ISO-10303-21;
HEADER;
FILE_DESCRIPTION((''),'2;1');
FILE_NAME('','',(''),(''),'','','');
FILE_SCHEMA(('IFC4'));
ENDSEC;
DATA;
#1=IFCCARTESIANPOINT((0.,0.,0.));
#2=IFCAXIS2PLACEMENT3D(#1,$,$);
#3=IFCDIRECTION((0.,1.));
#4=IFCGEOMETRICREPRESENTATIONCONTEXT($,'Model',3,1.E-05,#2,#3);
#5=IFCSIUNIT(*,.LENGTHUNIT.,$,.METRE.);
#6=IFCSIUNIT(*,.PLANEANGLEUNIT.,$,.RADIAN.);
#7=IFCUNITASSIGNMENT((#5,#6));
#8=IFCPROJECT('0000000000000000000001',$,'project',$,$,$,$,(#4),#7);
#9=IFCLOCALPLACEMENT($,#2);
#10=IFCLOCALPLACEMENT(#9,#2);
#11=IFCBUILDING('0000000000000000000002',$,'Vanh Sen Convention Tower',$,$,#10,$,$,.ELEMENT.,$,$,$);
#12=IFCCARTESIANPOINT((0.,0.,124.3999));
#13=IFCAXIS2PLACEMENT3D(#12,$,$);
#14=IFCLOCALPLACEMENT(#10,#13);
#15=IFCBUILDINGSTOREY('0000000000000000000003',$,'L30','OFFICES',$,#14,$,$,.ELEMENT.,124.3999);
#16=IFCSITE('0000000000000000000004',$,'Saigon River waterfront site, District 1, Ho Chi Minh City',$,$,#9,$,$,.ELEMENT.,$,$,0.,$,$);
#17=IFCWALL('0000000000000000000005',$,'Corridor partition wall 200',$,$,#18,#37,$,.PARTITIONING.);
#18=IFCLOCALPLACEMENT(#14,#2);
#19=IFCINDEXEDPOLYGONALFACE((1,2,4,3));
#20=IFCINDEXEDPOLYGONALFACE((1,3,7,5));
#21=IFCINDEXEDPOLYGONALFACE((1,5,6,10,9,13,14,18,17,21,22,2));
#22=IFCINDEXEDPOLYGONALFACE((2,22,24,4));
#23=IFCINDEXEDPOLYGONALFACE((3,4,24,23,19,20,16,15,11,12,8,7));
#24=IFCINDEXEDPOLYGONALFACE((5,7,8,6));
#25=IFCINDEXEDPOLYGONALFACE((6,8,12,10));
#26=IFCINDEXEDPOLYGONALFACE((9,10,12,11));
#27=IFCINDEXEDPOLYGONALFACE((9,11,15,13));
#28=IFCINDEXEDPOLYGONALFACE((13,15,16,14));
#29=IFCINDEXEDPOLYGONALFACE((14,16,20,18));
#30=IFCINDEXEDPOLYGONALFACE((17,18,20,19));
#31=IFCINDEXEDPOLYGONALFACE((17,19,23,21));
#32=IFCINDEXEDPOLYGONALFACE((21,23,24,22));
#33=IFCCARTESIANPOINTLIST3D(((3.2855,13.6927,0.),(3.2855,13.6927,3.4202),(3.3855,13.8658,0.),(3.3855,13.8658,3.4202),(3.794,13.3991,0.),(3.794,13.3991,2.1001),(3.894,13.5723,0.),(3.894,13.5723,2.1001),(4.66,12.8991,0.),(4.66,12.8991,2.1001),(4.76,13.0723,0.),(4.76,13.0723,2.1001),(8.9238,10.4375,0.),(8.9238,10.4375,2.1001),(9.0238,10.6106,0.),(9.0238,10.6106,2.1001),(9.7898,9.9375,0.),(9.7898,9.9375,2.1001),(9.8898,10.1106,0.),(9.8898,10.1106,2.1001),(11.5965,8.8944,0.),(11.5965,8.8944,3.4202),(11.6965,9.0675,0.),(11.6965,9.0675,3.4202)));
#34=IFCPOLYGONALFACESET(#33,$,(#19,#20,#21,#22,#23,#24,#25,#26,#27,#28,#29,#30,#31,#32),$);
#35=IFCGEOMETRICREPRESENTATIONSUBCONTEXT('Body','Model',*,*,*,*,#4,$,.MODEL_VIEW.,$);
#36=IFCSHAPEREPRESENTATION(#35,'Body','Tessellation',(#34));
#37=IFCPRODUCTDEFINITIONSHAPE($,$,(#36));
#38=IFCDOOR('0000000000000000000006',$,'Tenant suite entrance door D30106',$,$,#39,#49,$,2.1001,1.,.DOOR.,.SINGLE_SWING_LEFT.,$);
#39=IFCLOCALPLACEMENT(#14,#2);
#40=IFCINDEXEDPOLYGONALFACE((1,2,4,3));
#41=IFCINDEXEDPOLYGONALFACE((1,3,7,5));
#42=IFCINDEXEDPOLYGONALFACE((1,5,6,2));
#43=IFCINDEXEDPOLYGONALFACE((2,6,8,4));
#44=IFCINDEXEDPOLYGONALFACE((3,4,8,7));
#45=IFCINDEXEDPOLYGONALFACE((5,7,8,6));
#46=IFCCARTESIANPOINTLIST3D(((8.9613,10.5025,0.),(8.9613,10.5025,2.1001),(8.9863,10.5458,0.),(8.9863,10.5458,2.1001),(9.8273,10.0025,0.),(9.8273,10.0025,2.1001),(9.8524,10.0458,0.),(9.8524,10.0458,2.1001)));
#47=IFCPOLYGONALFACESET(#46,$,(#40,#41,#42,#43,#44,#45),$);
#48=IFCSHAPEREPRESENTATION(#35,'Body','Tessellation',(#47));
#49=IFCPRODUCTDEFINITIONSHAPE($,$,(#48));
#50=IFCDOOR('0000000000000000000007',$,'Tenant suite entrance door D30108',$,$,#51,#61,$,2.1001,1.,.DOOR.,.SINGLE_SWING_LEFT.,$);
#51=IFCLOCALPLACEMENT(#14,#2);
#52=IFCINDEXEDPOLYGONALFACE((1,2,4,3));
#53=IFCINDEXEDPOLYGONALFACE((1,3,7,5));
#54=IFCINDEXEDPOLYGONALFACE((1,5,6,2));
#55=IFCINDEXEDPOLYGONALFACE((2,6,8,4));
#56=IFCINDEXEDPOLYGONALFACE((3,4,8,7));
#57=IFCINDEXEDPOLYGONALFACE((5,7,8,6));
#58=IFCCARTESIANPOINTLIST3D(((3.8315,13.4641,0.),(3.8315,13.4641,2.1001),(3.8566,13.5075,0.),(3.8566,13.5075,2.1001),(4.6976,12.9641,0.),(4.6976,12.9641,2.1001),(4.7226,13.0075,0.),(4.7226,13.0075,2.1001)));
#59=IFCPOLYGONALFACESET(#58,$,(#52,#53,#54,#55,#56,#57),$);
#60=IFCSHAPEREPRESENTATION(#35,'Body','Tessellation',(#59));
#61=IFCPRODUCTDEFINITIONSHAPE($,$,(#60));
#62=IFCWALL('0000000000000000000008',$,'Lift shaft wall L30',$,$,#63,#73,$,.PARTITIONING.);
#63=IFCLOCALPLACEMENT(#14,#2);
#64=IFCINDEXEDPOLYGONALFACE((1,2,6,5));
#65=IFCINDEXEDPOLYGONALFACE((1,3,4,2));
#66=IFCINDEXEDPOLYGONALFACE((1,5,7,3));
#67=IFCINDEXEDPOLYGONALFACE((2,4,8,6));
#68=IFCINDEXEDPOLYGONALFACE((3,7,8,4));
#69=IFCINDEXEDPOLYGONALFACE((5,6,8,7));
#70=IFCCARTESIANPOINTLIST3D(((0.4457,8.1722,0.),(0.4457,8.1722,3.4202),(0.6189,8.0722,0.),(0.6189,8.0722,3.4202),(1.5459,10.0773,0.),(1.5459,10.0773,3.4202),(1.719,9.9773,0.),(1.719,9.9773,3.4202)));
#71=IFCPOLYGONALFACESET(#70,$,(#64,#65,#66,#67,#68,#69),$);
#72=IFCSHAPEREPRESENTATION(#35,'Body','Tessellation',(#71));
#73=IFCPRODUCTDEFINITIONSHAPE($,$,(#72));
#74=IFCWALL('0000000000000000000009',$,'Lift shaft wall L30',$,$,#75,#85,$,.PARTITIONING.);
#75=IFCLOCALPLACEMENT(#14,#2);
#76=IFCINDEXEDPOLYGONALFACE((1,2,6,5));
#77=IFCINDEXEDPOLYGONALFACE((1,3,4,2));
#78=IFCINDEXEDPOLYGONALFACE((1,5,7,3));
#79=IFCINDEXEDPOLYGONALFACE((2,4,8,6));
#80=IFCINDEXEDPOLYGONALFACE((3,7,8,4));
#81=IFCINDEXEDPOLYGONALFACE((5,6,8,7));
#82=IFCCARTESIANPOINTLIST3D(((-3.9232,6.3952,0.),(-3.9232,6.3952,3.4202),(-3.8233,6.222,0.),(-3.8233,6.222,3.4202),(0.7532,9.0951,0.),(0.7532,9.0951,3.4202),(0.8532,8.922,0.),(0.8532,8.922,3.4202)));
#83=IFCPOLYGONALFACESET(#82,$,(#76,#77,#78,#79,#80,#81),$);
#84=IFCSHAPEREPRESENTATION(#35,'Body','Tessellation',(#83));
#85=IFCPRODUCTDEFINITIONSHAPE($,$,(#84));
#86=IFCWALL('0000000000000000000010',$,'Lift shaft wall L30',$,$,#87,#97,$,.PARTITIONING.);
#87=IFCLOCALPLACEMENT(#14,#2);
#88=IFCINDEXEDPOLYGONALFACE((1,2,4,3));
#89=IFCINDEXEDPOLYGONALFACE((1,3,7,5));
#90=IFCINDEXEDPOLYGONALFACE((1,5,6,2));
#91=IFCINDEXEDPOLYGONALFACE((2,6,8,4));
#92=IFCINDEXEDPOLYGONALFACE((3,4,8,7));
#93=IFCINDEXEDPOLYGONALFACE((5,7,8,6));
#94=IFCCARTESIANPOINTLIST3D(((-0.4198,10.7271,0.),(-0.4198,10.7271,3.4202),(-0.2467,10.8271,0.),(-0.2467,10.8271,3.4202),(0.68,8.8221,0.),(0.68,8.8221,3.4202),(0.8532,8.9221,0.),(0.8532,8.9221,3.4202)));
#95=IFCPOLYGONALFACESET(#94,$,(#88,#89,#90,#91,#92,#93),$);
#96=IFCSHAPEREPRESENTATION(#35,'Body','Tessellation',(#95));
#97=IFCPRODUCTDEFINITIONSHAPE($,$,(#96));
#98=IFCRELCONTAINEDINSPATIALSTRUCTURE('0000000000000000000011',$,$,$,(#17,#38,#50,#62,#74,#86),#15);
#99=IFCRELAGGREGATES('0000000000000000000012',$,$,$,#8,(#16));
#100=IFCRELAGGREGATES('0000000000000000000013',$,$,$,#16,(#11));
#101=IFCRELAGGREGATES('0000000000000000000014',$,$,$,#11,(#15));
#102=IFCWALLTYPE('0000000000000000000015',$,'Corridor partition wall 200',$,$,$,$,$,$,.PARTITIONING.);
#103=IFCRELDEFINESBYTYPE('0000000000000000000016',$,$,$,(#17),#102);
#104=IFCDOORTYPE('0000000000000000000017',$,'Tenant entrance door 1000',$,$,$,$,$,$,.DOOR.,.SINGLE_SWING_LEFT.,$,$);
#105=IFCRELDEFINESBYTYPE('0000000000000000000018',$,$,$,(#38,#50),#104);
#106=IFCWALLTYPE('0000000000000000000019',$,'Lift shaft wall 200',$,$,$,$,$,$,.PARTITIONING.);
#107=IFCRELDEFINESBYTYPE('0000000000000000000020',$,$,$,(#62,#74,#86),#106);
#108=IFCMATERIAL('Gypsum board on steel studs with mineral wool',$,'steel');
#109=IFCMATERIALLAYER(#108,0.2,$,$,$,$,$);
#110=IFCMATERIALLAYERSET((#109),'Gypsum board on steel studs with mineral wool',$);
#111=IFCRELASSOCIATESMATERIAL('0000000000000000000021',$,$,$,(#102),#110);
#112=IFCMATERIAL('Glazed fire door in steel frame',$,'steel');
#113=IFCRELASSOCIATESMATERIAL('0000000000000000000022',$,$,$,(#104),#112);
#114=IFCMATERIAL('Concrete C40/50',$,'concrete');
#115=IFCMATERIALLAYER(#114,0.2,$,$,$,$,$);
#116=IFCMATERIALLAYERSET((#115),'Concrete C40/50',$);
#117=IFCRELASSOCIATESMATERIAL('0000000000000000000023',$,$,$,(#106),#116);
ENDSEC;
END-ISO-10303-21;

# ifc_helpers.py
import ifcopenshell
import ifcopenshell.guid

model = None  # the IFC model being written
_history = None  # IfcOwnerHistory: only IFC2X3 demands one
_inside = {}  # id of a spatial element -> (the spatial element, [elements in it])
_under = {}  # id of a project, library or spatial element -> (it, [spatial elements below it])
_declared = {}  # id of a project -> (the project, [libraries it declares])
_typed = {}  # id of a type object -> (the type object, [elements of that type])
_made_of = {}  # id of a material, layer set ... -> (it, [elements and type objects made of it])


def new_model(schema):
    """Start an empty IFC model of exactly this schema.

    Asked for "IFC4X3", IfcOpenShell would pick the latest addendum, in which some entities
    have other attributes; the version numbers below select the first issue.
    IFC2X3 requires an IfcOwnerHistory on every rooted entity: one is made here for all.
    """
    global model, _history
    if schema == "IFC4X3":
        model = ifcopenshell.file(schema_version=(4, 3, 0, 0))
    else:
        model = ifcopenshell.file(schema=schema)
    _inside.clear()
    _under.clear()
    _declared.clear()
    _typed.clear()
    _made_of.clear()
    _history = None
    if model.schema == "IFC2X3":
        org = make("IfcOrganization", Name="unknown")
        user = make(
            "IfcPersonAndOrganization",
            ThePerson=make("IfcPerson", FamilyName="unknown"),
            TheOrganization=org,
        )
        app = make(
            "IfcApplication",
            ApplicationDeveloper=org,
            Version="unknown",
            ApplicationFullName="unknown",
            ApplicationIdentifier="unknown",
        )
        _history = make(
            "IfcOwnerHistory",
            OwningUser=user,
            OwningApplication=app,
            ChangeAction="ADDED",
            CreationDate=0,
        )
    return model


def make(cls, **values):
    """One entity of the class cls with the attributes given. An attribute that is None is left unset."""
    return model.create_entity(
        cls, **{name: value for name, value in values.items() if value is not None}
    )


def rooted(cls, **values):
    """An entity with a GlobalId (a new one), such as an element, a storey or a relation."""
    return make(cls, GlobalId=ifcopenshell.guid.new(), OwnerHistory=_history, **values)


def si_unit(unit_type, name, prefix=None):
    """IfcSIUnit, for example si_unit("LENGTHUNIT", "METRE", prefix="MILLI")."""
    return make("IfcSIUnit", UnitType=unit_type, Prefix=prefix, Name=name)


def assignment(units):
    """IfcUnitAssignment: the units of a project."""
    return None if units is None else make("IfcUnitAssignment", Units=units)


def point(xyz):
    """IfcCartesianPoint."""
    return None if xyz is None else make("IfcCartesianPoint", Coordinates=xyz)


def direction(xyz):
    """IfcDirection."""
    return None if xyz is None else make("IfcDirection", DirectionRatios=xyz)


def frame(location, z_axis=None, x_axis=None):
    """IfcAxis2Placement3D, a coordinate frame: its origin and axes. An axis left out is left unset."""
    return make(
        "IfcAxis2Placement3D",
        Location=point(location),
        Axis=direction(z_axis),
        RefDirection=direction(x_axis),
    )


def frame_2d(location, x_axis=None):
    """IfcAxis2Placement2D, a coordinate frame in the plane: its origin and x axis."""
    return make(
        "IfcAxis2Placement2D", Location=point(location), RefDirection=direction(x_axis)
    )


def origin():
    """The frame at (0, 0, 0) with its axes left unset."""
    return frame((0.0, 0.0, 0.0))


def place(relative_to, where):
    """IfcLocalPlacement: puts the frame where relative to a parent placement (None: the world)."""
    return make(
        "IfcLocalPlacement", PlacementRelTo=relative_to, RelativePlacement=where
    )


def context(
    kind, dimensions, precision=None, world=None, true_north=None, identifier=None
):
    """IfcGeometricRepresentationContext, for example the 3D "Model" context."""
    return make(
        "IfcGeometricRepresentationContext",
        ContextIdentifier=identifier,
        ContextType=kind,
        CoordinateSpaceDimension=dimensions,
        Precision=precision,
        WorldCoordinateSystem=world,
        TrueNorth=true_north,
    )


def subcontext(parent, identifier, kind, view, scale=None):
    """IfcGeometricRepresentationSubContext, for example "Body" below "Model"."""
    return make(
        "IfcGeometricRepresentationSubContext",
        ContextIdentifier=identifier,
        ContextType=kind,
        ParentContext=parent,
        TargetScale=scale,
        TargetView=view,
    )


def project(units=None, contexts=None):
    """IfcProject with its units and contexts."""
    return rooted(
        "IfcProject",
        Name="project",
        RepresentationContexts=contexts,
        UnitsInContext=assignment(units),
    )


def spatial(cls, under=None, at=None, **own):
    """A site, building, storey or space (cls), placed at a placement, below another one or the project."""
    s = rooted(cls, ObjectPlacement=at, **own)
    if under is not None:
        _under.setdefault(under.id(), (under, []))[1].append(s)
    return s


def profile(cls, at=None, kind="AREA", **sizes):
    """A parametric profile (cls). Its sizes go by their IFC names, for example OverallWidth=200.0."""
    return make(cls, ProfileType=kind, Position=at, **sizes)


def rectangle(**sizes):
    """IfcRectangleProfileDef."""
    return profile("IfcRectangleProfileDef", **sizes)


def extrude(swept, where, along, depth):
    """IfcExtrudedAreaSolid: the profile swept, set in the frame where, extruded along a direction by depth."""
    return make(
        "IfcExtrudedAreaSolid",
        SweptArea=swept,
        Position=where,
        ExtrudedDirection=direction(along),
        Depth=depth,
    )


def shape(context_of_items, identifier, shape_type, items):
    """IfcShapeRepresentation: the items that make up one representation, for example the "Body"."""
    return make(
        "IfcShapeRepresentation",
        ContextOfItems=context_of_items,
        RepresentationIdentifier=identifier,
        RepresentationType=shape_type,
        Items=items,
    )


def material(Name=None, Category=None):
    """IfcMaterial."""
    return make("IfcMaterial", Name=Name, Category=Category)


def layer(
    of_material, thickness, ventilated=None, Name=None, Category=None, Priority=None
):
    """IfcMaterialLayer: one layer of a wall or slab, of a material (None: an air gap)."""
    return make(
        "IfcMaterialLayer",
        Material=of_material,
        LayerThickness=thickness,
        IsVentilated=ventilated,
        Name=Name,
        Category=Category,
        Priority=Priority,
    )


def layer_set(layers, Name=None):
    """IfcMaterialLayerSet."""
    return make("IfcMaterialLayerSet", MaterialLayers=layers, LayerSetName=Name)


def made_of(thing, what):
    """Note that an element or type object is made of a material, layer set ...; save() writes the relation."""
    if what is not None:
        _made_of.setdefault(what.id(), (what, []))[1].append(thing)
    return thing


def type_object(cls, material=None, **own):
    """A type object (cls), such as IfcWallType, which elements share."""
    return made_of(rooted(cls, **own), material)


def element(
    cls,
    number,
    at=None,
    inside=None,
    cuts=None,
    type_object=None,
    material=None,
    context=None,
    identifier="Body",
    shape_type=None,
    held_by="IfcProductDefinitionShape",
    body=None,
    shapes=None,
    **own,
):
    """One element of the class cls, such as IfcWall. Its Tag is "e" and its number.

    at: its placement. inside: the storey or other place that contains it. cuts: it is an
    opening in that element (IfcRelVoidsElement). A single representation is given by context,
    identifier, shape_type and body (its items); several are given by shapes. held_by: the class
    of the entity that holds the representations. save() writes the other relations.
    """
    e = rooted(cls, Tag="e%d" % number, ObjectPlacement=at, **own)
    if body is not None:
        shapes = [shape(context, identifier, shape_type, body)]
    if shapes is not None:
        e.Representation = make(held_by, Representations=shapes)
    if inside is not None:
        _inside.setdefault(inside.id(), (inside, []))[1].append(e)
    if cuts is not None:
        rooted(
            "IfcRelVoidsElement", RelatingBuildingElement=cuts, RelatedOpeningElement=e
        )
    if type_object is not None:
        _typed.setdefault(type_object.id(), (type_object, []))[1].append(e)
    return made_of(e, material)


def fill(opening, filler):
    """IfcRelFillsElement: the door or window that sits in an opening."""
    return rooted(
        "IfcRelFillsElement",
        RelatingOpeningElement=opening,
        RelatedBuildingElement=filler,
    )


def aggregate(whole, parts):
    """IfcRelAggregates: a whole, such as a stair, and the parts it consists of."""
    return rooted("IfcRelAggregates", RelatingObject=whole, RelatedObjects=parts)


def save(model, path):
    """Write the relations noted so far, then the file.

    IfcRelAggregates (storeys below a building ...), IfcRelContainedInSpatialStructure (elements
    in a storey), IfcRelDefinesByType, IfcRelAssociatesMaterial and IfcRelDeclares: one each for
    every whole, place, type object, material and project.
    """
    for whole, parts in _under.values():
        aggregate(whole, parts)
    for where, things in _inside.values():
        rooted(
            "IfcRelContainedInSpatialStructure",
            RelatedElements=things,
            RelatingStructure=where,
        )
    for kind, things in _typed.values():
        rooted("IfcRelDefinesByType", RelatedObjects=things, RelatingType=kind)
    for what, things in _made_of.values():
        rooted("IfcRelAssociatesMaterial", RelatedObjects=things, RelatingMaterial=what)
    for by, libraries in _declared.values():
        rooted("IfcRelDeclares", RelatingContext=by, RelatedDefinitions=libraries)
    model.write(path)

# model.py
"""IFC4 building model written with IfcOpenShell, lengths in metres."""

from ifc_helpers import new_model, si_unit, direction, frame, frame_2d, origin, place, context, subcontext, project, spatial, rectangle, extrude, material, layer, layer_set, type_object, element, fill, save


model = new_model("IFC4")

# Units and contexts
model_context = context("Model", 3, precision=1e-05, world=origin(), true_north=direction((0.0, 1.0)))
body_context = subcontext(model_context, "Body", "Model", "MODEL_VIEW")
ifc_project = project(units=[si_unit("LENGTHUNIT", "METRE"), si_unit("PLANEANGLEUNIT", "RADIAN")], contexts=[model_context])

# Site, building, storey
site_placement = place(None, origin())
site = spatial("IfcSite", under=ifc_project, at=site_placement, Name="Saigon River waterfront site, District 1, Ho Chi Minh City", CompositionType="ELEMENT", RefElevation=0.0)
building_placement = place(site_placement, origin())
building = spatial("IfcBuilding", under=site, at=building_placement, Name="Vanh Sen Convention Tower", CompositionType="ELEMENT")
storey_placement = place(building_placement, frame((0.0, 0.0, 124.3999)))
storey = spatial("IfcBuildingStorey", under=building, at=storey_placement, Name="L30", Description="OFFICES", CompositionType="ELEMENT", Elevation=124.3999)

# Shared definitions
ifc_material_1 = material(Name="Gypsum board on steel studs with mineral wool", Category="steel")
ifc_layer_1 = layer(ifc_material_1, 0.2)
ifc_layer_set_1 = layer_set([ifc_layer_1], Name="Gypsum board on steel studs with mineral wool")
wall_type_1 = type_object("IfcWallType", Name="Corridor partition wall 200", PredefinedType="PARTITIONING", material=ifc_layer_set_1)

# Shared definitions
ifc_material_2 = material(Name="Glazed fire door in steel frame", Category="steel")
door_type_1 = type_object("IfcDoorType", Name="Tenant entrance door 1000", OperationType="SINGLE_SWING_LEFT", PredefinedType="DOOR", material=ifc_material_2)

# Wall, openings, doors
wall_1_placement = place(storey_placement, frame((11.6465, 8.981, 0.0), z_axis=(0.0, 0.0, 1.0), x_axis=(-0.866027, 0.499997, 0.0)))
wall_1 = element("IfcWall", 1, at=wall_1_placement, inside=storey, type_object=wall_type_1, Name="Corridor partition wall 200", PredefinedType="PARTITIONING", context=body_context, shape_type="SweptSolid", body=[
    extrude(rectangle(XDim=9.5967, YDim=0.2, at=frame_2d((4.7983, 0.0))), origin(), (0.0, 0.0, 1.0), 3.4202),
])
opening_1_placement = place(wall_1_placement, frame((2.0862, 0.0, 0.0)))
opening_1 = element("IfcOpeningElement", 2, at=opening_1_placement, cuts=wall_1, PredefinedType="OPENING", context=body_context, shape_type="SweptSolid", body=[
    extrude(rectangle(XDim=1.0, YDim=2.1001, at=frame_2d((0.5, 1.05))), frame((0.0, 0.1099, 0.0), z_axis=(0.0, -1.0, 0.0), x_axis=(1.0, 0.0, 0.0)), (0.0, 0.0, 1.0), 0.22),
])
opening_2_placement = place(wall_1_placement, frame((8.0095, 0.0, 0.0)))
opening_2 = element("IfcOpeningElement", 3, at=opening_2_placement, cuts=wall_1, PredefinedType="OPENING", context=body_context, shape_type="SweptSolid", body=[
    extrude(rectangle(XDim=1.0, YDim=2.1001, at=frame_2d((0.5, 1.05))), frame((0.0, 0.1099, 0.0), z_axis=(0.0, -1.0, 0.0), x_axis=(1.0, 0.0, 0.0)), (0.0, 0.0, 1.0), 0.22),
])
door_1_placement = place(opening_1_placement, origin())
door_1 = element("IfcDoor", 4, at=door_1_placement, inside=storey, type_object=door_type_1, Name="Tenant suite entrance door D30106", OperationType="SINGLE_SWING_LEFT", OverallHeight=2.1001, OverallWidth=1.0, PredefinedType="DOOR", context=body_context, shape_type="SweptSolid", body=[
    extrude(rectangle(XDim=1.0, YDim=2.1001, at=frame_2d((0.5, 1.05))), frame((0.0, 0.0249, 0.0), z_axis=(0.0, -1.0, 0.0), x_axis=(1.0, 0.0, 0.0)), (0.0, 0.0, 1.0), 0.05),
])
fill(opening_1, door_1)
door_2_placement = place(opening_2_placement, origin())
door_2 = element("IfcDoor", 5, at=door_2_placement, inside=storey, type_object=door_type_1, Name="Tenant suite entrance door D30108", OperationType="SINGLE_SWING_LEFT", OverallHeight=2.1001, OverallWidth=1.0, PredefinedType="DOOR", context=body_context, shape_type="SweptSolid", body=[
    extrude(rectangle(XDim=1.0, YDim=2.1001, at=frame_2d((0.5, 1.05))), frame((0.0, 0.0249, 0.0), z_axis=(0.0, -1.0, 0.0), x_axis=(1.0, 0.0, 0.0)), (0.0, 0.0, 1.0), 0.05),
])
fill(opening_2, door_2)

# Walls
ifc_material_3 = material(Name="Concrete C40/50", Category="concrete")
ifc_layer_2 = layer(ifc_material_3, 0.2)
ifc_layer_set_2 = layer_set([ifc_layer_2], Name="Concrete C40/50")
wall_type_2 = type_object("IfcWallType", Name="Lift shaft wall 200", PredefinedType="PARTITIONING", material=ifc_layer_set_2)
wall_2_placement = place(storey_placement, frame((0.5322, 8.1221, 0.0), z_axis=(0.0, 0.0, 1.0), x_axis=(0.500078, 0.86598, 0.0)))
element("IfcWall", 6, at=wall_2_placement, inside=storey, type_object=wall_type_2, Name="Lift shaft wall L30", PredefinedType="PARTITIONING", context=body_context, shape_type="SweptSolid", body=[
    extrude(rectangle(XDim=2.2, YDim=0.2, at=frame_2d((1.1001, 0.0))), origin(), (0.0, 0.0, 1.0), 3.4202),
])
wall_3_placement = place(storey_placement, frame((0.8032, 9.0085, 0.0), z_axis=(0.0, 0.0, 1.0), x_axis=(-0.866028, -0.499995, 0.0)))
element("IfcWall", 7, at=wall_3_placement, inside=storey, type_object=wall_type_2, Name="Lift shaft wall L30", PredefinedType="PARTITIONING", context=body_context, shape_type="SweptSolid", body=[
    extrude(rectangle(XDim=5.3999, YDim=0.2, at=frame_2d((2.7, 0.0))), origin(), (0.0, 0.0, 1.0), 3.4202),
])
wall_4_placement = place(storey_placement, frame((0.7666, 8.8721, 0.0), z_axis=(0.0, 0.0, 1.0), x_axis=(-0.499995, 0.866028, 0.0)))
element("IfcWall", 8, at=wall_4_placement, inside=storey, type_object=wall_type_2, Name="Lift shaft wall L30", PredefinedType="PARTITIONING", context=body_context, shape_type="SweptSolid", body=[
    extrude(rectangle(XDim=2.1997, YDim=0.2, at=frame_2d((1.0999, 0.0))), origin(), (0.0, 0.0, 1.0), 3.4202),
])

save(model, "model.ifc")
